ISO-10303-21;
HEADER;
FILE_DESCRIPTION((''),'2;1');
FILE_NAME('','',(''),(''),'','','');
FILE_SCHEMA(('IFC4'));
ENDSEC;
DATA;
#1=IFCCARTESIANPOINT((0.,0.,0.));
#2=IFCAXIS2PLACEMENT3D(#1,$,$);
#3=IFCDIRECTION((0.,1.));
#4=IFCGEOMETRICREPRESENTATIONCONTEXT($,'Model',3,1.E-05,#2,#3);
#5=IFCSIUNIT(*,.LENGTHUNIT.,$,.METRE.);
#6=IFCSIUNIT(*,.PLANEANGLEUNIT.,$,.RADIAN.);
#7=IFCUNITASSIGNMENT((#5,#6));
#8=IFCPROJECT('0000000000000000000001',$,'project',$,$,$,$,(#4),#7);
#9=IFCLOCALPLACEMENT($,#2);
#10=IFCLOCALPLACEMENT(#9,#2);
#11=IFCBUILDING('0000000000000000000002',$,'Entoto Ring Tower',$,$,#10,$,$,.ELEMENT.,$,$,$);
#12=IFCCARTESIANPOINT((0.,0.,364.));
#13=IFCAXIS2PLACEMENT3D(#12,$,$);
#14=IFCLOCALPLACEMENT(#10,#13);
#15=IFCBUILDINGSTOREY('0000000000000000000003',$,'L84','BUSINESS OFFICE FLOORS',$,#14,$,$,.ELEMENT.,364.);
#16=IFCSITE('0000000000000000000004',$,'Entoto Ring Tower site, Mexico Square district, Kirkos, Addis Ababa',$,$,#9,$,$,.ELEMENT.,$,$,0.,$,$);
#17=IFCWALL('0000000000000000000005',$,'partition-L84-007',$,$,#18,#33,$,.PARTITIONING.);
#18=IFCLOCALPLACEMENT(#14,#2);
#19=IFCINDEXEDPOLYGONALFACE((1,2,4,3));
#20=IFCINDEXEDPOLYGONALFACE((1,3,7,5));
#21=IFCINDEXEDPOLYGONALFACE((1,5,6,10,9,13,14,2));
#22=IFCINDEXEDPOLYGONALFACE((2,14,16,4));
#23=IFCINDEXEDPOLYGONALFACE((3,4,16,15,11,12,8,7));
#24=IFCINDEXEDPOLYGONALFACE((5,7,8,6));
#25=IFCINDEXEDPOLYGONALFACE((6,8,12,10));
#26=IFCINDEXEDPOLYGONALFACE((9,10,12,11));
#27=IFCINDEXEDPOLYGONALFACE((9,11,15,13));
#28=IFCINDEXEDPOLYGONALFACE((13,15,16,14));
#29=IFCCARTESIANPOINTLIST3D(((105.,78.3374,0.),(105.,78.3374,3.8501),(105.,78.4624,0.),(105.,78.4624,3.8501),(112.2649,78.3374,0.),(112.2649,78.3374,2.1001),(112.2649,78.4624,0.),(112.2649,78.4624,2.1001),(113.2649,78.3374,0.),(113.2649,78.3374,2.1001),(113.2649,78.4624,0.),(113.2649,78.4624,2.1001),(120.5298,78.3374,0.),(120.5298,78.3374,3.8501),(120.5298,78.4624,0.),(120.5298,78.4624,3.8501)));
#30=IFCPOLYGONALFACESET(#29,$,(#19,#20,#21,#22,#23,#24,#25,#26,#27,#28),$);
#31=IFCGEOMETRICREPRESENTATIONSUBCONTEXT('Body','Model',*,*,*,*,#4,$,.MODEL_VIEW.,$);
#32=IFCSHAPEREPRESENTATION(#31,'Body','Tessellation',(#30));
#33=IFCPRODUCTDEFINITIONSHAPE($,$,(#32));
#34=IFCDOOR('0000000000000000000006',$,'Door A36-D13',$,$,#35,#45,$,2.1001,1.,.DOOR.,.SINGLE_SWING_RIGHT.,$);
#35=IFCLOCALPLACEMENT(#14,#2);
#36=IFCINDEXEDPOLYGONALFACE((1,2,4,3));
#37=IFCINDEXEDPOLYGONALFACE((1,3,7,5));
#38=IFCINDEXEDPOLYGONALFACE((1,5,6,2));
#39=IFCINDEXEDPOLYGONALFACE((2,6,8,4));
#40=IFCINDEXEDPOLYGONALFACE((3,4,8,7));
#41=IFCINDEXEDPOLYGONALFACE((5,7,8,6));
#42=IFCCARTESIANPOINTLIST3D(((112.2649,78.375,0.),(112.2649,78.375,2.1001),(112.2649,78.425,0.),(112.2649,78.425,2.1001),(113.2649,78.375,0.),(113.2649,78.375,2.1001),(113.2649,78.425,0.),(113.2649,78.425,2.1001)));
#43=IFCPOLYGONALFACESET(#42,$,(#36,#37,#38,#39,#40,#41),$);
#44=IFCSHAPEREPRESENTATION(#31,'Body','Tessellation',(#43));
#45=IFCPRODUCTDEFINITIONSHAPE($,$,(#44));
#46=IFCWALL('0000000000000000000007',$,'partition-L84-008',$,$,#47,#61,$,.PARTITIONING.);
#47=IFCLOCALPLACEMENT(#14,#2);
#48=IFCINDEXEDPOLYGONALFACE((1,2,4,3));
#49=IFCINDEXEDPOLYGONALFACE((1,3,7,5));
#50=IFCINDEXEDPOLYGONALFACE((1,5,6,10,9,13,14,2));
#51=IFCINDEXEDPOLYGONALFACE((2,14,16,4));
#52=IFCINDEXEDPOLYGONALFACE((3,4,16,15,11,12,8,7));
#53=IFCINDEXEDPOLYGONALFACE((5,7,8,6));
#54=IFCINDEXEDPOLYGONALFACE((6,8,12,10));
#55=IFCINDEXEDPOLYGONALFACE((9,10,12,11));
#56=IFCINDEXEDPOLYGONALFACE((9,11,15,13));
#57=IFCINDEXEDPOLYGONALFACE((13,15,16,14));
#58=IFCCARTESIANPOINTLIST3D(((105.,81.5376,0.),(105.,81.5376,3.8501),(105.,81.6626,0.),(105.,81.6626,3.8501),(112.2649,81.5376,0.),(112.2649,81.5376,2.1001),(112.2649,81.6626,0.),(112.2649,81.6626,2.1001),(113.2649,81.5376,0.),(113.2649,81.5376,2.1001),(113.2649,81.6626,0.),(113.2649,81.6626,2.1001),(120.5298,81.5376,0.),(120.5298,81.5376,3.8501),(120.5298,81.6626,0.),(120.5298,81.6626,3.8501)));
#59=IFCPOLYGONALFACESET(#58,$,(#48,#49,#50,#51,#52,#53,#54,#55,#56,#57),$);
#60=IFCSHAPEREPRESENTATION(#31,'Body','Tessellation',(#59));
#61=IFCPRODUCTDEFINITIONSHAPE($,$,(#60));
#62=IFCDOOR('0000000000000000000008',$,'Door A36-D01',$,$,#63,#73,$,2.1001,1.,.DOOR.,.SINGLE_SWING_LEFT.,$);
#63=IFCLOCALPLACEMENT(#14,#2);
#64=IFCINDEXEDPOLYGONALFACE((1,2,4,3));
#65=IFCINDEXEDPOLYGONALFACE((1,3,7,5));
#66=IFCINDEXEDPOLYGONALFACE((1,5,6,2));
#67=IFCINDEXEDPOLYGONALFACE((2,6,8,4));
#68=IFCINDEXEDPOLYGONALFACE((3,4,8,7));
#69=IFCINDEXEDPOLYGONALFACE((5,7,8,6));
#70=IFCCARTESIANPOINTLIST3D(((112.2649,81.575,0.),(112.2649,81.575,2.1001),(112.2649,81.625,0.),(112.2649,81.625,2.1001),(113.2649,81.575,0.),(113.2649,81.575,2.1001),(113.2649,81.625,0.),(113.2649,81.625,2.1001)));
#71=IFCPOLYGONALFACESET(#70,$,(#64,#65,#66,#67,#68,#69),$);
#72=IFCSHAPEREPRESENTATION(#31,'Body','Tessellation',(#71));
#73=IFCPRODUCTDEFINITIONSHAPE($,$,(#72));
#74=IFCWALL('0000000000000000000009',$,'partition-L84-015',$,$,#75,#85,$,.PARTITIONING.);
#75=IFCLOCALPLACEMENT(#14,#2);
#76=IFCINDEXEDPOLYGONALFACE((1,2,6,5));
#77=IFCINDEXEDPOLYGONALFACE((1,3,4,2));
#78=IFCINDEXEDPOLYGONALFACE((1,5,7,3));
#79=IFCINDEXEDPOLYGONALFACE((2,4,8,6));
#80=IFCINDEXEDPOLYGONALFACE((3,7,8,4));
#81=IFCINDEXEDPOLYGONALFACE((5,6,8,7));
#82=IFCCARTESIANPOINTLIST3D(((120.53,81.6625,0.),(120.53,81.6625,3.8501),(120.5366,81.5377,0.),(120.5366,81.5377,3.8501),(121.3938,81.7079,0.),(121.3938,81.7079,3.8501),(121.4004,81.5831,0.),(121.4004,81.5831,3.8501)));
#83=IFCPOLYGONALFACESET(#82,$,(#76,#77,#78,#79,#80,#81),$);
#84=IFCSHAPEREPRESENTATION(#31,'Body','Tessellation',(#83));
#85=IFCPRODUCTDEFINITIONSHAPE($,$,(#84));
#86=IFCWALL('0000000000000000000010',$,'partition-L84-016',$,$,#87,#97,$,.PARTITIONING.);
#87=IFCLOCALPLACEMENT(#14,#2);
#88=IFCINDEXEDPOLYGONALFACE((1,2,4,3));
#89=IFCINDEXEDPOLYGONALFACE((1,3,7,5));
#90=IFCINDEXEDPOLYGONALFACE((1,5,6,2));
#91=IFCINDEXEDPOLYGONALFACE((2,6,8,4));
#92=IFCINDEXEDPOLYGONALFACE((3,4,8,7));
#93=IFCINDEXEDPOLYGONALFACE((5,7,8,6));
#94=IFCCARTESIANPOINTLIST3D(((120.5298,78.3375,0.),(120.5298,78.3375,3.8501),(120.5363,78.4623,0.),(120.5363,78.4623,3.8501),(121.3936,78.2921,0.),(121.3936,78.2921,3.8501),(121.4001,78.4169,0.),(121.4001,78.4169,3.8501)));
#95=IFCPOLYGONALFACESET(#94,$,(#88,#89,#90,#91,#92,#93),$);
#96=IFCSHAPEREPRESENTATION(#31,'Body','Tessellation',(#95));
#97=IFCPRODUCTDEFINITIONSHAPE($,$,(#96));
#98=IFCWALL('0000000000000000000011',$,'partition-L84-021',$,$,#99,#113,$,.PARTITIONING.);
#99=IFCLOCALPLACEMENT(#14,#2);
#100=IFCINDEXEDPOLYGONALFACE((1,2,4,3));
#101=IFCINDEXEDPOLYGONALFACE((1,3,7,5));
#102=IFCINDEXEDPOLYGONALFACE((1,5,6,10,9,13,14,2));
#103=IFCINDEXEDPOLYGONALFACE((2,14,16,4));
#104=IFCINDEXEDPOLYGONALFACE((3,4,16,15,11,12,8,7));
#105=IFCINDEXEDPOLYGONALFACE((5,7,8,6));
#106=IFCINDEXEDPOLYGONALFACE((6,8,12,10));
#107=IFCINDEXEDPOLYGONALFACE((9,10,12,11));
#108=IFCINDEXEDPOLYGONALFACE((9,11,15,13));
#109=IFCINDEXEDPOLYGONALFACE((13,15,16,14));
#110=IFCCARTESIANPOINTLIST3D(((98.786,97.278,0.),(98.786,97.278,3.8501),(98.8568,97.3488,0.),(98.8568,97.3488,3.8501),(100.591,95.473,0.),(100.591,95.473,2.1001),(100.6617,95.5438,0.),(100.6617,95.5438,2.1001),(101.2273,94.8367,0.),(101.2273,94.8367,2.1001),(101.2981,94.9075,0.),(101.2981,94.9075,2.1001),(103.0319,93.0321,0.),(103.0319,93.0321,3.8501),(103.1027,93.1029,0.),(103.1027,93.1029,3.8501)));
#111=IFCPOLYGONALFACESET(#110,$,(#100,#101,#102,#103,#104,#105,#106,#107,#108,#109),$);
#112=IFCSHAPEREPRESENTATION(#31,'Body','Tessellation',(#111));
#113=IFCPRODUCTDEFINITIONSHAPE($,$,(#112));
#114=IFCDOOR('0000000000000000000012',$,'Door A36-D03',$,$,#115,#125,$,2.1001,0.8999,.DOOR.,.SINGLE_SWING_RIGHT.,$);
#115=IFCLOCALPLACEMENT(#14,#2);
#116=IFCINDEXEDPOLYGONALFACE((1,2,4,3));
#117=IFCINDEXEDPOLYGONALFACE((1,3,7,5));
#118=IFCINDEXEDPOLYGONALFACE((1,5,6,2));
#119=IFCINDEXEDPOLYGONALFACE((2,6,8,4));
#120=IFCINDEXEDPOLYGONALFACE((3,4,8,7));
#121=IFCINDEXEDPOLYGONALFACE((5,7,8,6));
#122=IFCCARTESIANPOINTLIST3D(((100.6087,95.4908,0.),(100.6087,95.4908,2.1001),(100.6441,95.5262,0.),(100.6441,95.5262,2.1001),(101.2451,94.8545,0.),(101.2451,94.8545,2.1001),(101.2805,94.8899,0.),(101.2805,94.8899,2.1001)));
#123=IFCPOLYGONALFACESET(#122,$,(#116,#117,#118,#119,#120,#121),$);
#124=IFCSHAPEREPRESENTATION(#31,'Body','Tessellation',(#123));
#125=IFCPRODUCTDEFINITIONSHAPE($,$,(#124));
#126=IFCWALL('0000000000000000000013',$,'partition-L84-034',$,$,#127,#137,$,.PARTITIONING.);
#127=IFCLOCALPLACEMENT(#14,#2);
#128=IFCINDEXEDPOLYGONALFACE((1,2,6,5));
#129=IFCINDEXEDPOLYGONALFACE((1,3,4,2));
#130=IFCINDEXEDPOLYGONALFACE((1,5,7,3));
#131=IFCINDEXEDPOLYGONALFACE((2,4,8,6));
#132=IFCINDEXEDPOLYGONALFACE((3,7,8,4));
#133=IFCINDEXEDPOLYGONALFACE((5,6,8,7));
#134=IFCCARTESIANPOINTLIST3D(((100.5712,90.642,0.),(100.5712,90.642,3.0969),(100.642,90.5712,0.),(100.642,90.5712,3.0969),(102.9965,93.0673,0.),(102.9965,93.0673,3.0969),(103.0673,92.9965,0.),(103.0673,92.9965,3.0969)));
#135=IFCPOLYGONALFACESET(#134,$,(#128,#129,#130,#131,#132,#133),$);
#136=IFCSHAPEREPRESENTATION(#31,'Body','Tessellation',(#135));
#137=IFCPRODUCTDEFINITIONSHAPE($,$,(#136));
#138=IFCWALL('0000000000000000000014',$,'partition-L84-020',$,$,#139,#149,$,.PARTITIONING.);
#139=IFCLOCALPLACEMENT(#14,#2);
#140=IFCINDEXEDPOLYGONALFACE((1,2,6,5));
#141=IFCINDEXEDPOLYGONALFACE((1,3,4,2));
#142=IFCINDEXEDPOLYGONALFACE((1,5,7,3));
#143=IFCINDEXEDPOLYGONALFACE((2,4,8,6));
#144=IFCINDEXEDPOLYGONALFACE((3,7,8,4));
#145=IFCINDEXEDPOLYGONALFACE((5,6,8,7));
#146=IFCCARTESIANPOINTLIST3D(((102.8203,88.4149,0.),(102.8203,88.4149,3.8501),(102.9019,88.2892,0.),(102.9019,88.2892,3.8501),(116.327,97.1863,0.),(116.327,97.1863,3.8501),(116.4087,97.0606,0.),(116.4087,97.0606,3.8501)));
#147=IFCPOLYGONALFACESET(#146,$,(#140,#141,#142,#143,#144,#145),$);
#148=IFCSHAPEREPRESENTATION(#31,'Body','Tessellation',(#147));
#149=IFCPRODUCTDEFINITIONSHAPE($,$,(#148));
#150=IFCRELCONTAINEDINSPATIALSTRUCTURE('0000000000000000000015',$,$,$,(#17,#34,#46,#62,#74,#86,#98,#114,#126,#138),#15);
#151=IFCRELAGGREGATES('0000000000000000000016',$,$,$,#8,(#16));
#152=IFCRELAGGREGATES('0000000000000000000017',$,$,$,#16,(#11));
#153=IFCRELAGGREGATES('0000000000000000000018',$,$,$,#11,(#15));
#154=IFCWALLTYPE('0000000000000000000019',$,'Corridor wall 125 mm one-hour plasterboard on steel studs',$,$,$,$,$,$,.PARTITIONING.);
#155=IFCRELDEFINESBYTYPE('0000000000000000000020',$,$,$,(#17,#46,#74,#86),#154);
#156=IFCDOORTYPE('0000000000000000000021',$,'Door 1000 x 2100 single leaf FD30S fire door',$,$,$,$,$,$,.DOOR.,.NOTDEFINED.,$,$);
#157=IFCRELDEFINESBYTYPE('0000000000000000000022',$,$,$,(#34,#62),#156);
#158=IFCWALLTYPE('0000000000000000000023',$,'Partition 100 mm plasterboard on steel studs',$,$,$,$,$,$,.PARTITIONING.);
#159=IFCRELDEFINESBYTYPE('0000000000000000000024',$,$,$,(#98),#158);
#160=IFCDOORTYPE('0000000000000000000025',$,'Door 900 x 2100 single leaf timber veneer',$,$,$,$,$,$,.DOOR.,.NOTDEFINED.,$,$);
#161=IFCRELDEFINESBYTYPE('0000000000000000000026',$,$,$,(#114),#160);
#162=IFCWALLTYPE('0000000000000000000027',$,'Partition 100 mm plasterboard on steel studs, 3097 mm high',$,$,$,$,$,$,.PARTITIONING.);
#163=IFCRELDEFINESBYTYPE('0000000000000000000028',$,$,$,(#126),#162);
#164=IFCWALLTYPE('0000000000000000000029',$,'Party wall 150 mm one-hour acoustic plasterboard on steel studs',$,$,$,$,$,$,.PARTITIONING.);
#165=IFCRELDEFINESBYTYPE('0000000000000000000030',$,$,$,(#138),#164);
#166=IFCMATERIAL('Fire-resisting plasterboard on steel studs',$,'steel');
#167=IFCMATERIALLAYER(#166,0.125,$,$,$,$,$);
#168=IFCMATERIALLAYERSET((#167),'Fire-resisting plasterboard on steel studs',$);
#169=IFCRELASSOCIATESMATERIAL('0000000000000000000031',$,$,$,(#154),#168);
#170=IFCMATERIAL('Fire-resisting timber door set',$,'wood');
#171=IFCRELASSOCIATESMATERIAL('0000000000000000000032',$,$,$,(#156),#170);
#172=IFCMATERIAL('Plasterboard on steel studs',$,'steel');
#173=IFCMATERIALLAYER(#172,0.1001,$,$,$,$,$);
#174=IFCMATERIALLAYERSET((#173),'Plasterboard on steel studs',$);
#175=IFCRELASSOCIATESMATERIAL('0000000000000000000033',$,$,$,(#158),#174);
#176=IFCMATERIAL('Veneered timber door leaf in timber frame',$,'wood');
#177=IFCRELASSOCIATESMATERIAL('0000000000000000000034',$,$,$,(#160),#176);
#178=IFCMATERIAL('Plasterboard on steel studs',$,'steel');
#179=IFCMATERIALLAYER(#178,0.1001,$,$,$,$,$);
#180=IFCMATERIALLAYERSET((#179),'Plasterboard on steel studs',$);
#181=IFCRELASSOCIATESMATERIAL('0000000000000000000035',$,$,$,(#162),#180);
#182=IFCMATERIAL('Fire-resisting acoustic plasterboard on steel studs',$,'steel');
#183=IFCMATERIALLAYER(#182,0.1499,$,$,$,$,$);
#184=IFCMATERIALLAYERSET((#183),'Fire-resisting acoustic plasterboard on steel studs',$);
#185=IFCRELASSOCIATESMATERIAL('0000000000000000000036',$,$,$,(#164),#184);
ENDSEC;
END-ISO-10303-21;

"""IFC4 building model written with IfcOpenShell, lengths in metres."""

from ifc_helpers import new_model, si_unit, direction, frame, frame_2d, origin, place, context, subcontext, project, spatial, rectangle, extrude, material, layer, layer_set, type_object, element, fill, save


model = new_model("IFC4")

# Units and contexts
model_context = context("Model", 3, precision=1e-05, world=origin(), true_north=direction((0.0, 1.0)))
body_context = subcontext(model_context, "Body", "Model", "MODEL_VIEW")
ifc_project = project(units=[si_unit("LENGTHUNIT", "METRE"), si_unit("PLANEANGLEUNIT", "RADIAN")], contexts=[model_context])

# Site, building, storey
site_placement = place(None, origin())
site = spatial("IfcSite", under=ifc_project, at=site_placement, Name="Entoto Ring Tower site, Mexico Square district, Kirkos, Addis Ababa", CompositionType="ELEMENT", RefElevation=0.0)
building_placement = place(site_placement, origin())
building = spatial("IfcBuilding", under=site, at=building_placement, Name="Entoto Ring Tower", CompositionType="ELEMENT")
storey_placement = place(building_placement, frame((0.0, 0.0, 364.0)))
storey = spatial("IfcBuildingStorey", under=building, at=storey_placement, Name="L84", Description="BUSINESS OFFICE FLOORS", CompositionType="ELEMENT", Elevation=364.0)

# Walls, openings, doors
ifc_material_1 = material(Name="Fire-resisting plasterboard on steel studs", Category="steel")
ifc_layer_1 = layer(ifc_material_1, 0.125)
ifc_layer_set_1 = layer_set([ifc_layer_1], Name="Fire-resisting plasterboard on steel studs")
wall_type_1 = type_object("IfcWallType", Name="Corridor wall 125 mm one-hour plasterboard on steel studs", PredefinedType="PARTITIONING", material=ifc_layer_set_1)
wall_1_placement = place(storey_placement, frame((105.0, 78.3999, 0.0), z_axis=(0.0, 0.0, 1.0), x_axis=(1.0, 0.0, 0.0)))
wall_1 = element("IfcWall", 1, at=wall_1_placement, inside=storey, type_object=wall_type_1, Name="partition-L84-007", PredefinedType="PARTITIONING", context=body_context, shape_type="SweptSolid", body=[
    extrude(rectangle(XDim=15.5298, YDim=0.125, at=frame_2d((7.7649, 0.0))), origin(), (0.0, 0.0, 1.0), 3.8501),
])
opening_1_placement = place(wall_1_placement, frame((7.2649, 0.0, 0.0)))
opening_1 = element("IfcOpeningElement", 2, at=opening_1_placement, cuts=wall_1, PredefinedType="OPENING", context=body_context, shape_type="SweptSolid", body=[
    extrude(rectangle(XDim=1.0, YDim=2.1001, at=frame_2d((0.5, 1.05))), frame((0.0, 0.0725, 0.0), z_axis=(0.0, -1.0, 0.0), x_axis=(1.0, 0.0, 0.0)), (0.0, 0.0, 1.0), 0.145),
])
ifc_material_2 = material(Name="Fire-resisting timber door set", Category="wood")
door_type_1 = type_object("IfcDoorType", Name="Door 1000 x 2100 single leaf FD30S fire door", OperationType="NOTDEFINED", PredefinedType="DOOR", material=ifc_material_2)
door_1_placement = place(opening_1_placement, frame((1.0, 0.0, 0.0), z_axis=(0.0, 0.0, 1.0), x_axis=(-1.0, 0.0, 0.0)))
door_1 = element("IfcDoor", 3, at=door_1_placement, inside=storey, type_object=door_type_1, Name="Door A36-D13", OperationType="SINGLE_SWING_RIGHT", OverallHeight=2.1001, OverallWidth=1.0, PredefinedType="DOOR", context=body_context, shape_type="SweptSolid", body=[
    extrude(rectangle(XDim=1.0, YDim=2.1001, at=frame_2d((0.5, 1.05))), frame((0.0, 0.0249, 0.0), z_axis=(0.0, -1.0, 0.0), x_axis=(1.0, 0.0, 0.0)), (0.0, 0.0, 1.0), 0.05),
])
fill(opening_1, door_1)
wall_2_placement = place(storey_placement, frame((105.0, 81.6001, 0.0), z_axis=(0.0, 0.0, 1.0), x_axis=(1.0, 0.0, 0.0)))
wall_2 = element("IfcWall", 4, at=wall_2_placement, inside=storey, type_object=wall_type_1, Name="partition-L84-008", PredefinedType="PARTITIONING", context=body_context, shape_type="SweptSolid", body=[
    extrude(rectangle(XDim=15.5298, YDim=0.125, at=frame_2d((7.7649, 0.0))), origin(), (0.0, 0.0, 1.0), 3.8501),
])
opening_2_placement = place(wall_2_placement, frame((7.2649, 0.0, 0.0)))
opening_2 = element("IfcOpeningElement", 5, at=opening_2_placement, cuts=wall_2, PredefinedType="OPENING", context=body_context, shape_type="SweptSolid", body=[
    extrude(rectangle(XDim=1.0, YDim=2.1001, at=frame_2d((0.5, 1.05))), frame((0.0, 0.0725, 0.0), z_axis=(0.0, -1.0, 0.0), x_axis=(1.0, 0.0, 0.0)), (0.0, 0.0, 1.0), 0.145),
])
door_2_placement = place(opening_2_placement, origin())
door_2 = element("IfcDoor", 6, at=door_2_placement, inside=storey, type_object=door_type_1, Name="Door A36-D01", OperationType="SINGLE_SWING_LEFT", OverallHeight=2.1001, OverallWidth=1.0, PredefinedType="DOOR", context=body_context, shape_type="SweptSolid", body=[
    extrude(rectangle(XDim=1.0, YDim=2.1001, at=frame_2d((0.5, 1.05))), frame((0.0, 0.0249, 0.0), z_axis=(0.0, -1.0, 0.0), x_axis=(1.0, 0.0, 0.0)), (0.0, 0.0, 1.0), 0.05),
])
fill(opening_2, door_2)

# Walls
for number, where, z_axis, x_axis, name in (
    (7, (120.5332, 81.6001, 0.0), (0.0, 0.0, 1.0), (0.998621, 0.0525, 0.0), "partition-L84-015"),
    (8, (121.397, 78.3545, 0.0), (0.0, 0.0, 1.0), (-0.998621, 0.0525, 0.0), "partition-L84-016"),
):
    element("IfcWall", number, at=place(storey_placement, frame(where, z_axis=z_axis, x_axis=x_axis)), inside=storey, type_object=wall_type_1, Name=name, PredefinedType="PARTITIONING", context=body_context, shape_type="SweptSolid", body=[
        extrude(rectangle(XDim=0.865, YDim=0.125, at=frame_2d((0.4326, 0.0))), origin(), (0.0, 0.0, 1.0), 3.8501),
    ])

# Wall, opening, door
ifc_material_3 = material(Name="Plasterboard on steel studs", Category="steel")
ifc_layer_2 = layer(ifc_material_3, 0.1001)
ifc_layer_set_2 = layer_set([ifc_layer_2], Name="Plasterboard on steel studs")
wall_type_2 = type_object("IfcWallType", Name="Partition 100 mm plasterboard on steel studs", PredefinedType="PARTITIONING", material=ifc_layer_set_2)
wall_3_placement = place(storey_placement, frame((103.0674, 93.0674, 0.0), z_axis=(0.0, 0.0, 1.0), x_axis=(-0.707107, 0.707107, 0.0)))
wall_3 = element("IfcWall", 9, at=wall_3_placement, inside=storey, type_object=wall_type_2, Name="partition-L84-021", PredefinedType="PARTITIONING", context=body_context, shape_type="SweptSolid", body=[
    extrude(rectangle(XDim=6.0046, YDim=0.1001, at=frame_2d((3.0024, 0.0))), origin(), (0.0, 0.0, 1.0), 3.8501),
])
opening_3_placement = place(wall_3_placement, frame((2.5522, 0.0, 0.0)))
opening_3 = element("IfcOpeningElement", 10, at=opening_3_placement, cuts=wall_3, PredefinedType="OPENING", context=body_context, shape_type="SweptSolid", body=[
    extrude(rectangle(XDim=0.8999, YDim=2.1001, at=frame_2d((0.45, 1.05))), frame((0.0, 0.0601, 0.0), z_axis=(0.0, -1.0, 0.0), x_axis=(1.0, 0.0, 0.0)), (0.0, 0.0, 1.0), 0.1201),
])
ifc_material_4 = material(Name="Veneered timber door leaf in timber frame", Category="wood")
door_type_2 = type_object("IfcDoorType", Name="Door 900 x 2100 single leaf timber veneer", OperationType="NOTDEFINED", PredefinedType="DOOR", material=ifc_material_4)
door_3_placement = place(opening_3_placement, origin())
door_3 = element("IfcDoor", 11, at=door_3_placement, inside=storey, type_object=door_type_2, Name="Door A36-D03", OperationType="SINGLE_SWING_RIGHT", OverallHeight=2.1001, OverallWidth=0.8999, PredefinedType="DOOR", context=body_context, shape_type="SweptSolid", body=[
    extrude(rectangle(XDim=0.8999, YDim=2.1001, at=frame_2d((0.45, 1.05))), frame((0.0, 0.0249, 0.0), z_axis=(0.0, -1.0, 0.0), x_axis=(1.0, 0.0, 0.0)), (0.0, 0.0, 1.0), 0.05),
])
fill(opening_3, door_3)

# Walls
ifc_material_5 = material(Name="Plasterboard on steel studs", Category="steel")
ifc_layer_3 = layer(ifc_material_5, 0.1001)
ifc_layer_set_3 = layer_set([ifc_layer_3], Name="Plasterboard on steel studs")
wall_type_3 = type_object("IfcWallType", Name="Partition 100 mm plasterboard on steel studs, 3097 mm high", PredefinedType="PARTITIONING", material=ifc_layer_set_3)
wall_4_placement = place(storey_placement, frame((100.6067, 90.6067, 0.0), z_axis=(0.0, 0.0, 1.0), x_axis=(0.707107, 0.707107, 0.0)))
element("IfcWall", 12, at=wall_4_placement, inside=storey, type_object=wall_type_3, Name="partition-L84-034", PredefinedType="PARTITIONING", context=body_context, shape_type="SweptSolid", body=[
    extrude(rectangle(XDim=3.4299, YDim=0.1001, at=frame_2d((1.7148, 0.0))), origin(), (0.0, 0.0, 1.0), 3.0969),
])
ifc_material_6 = material(Name="Fire-resisting acoustic plasterboard on steel studs", Category="steel")
ifc_layer_4 = layer(ifc_material_6, 0.1499)
ifc_layer_set_4 = layer_set([ifc_layer_4], Name="Fire-resisting acoustic plasterboard on steel studs")
wall_type_4 = type_object("IfcWallType", Name="Party wall 150 mm one-hour acoustic plasterboard on steel studs", PredefinedType="PARTITIONING", material=ifc_layer_set_4)
wall_5_placement = place(storey_placement, frame((102.8611, 88.3521, 0.0), z_axis=(0.0, 0.0, 1.0), x_axis=(0.838669, 0.544641, 0.0)))
element("IfcWall", 13, at=wall_5_placement, inside=storey, type_object=wall_type_4, Name="partition-L84-020", PredefinedType="PARTITIONING", context=body_context, shape_type="SweptSolid", body=[
    extrude(rectangle(XDim=16.105, YDim=0.1499, at=frame_2d((8.0525, 0.0))), origin(), (0.0, 0.0, 1.0), 3.8501),
])

save(model, "model.ifc")
